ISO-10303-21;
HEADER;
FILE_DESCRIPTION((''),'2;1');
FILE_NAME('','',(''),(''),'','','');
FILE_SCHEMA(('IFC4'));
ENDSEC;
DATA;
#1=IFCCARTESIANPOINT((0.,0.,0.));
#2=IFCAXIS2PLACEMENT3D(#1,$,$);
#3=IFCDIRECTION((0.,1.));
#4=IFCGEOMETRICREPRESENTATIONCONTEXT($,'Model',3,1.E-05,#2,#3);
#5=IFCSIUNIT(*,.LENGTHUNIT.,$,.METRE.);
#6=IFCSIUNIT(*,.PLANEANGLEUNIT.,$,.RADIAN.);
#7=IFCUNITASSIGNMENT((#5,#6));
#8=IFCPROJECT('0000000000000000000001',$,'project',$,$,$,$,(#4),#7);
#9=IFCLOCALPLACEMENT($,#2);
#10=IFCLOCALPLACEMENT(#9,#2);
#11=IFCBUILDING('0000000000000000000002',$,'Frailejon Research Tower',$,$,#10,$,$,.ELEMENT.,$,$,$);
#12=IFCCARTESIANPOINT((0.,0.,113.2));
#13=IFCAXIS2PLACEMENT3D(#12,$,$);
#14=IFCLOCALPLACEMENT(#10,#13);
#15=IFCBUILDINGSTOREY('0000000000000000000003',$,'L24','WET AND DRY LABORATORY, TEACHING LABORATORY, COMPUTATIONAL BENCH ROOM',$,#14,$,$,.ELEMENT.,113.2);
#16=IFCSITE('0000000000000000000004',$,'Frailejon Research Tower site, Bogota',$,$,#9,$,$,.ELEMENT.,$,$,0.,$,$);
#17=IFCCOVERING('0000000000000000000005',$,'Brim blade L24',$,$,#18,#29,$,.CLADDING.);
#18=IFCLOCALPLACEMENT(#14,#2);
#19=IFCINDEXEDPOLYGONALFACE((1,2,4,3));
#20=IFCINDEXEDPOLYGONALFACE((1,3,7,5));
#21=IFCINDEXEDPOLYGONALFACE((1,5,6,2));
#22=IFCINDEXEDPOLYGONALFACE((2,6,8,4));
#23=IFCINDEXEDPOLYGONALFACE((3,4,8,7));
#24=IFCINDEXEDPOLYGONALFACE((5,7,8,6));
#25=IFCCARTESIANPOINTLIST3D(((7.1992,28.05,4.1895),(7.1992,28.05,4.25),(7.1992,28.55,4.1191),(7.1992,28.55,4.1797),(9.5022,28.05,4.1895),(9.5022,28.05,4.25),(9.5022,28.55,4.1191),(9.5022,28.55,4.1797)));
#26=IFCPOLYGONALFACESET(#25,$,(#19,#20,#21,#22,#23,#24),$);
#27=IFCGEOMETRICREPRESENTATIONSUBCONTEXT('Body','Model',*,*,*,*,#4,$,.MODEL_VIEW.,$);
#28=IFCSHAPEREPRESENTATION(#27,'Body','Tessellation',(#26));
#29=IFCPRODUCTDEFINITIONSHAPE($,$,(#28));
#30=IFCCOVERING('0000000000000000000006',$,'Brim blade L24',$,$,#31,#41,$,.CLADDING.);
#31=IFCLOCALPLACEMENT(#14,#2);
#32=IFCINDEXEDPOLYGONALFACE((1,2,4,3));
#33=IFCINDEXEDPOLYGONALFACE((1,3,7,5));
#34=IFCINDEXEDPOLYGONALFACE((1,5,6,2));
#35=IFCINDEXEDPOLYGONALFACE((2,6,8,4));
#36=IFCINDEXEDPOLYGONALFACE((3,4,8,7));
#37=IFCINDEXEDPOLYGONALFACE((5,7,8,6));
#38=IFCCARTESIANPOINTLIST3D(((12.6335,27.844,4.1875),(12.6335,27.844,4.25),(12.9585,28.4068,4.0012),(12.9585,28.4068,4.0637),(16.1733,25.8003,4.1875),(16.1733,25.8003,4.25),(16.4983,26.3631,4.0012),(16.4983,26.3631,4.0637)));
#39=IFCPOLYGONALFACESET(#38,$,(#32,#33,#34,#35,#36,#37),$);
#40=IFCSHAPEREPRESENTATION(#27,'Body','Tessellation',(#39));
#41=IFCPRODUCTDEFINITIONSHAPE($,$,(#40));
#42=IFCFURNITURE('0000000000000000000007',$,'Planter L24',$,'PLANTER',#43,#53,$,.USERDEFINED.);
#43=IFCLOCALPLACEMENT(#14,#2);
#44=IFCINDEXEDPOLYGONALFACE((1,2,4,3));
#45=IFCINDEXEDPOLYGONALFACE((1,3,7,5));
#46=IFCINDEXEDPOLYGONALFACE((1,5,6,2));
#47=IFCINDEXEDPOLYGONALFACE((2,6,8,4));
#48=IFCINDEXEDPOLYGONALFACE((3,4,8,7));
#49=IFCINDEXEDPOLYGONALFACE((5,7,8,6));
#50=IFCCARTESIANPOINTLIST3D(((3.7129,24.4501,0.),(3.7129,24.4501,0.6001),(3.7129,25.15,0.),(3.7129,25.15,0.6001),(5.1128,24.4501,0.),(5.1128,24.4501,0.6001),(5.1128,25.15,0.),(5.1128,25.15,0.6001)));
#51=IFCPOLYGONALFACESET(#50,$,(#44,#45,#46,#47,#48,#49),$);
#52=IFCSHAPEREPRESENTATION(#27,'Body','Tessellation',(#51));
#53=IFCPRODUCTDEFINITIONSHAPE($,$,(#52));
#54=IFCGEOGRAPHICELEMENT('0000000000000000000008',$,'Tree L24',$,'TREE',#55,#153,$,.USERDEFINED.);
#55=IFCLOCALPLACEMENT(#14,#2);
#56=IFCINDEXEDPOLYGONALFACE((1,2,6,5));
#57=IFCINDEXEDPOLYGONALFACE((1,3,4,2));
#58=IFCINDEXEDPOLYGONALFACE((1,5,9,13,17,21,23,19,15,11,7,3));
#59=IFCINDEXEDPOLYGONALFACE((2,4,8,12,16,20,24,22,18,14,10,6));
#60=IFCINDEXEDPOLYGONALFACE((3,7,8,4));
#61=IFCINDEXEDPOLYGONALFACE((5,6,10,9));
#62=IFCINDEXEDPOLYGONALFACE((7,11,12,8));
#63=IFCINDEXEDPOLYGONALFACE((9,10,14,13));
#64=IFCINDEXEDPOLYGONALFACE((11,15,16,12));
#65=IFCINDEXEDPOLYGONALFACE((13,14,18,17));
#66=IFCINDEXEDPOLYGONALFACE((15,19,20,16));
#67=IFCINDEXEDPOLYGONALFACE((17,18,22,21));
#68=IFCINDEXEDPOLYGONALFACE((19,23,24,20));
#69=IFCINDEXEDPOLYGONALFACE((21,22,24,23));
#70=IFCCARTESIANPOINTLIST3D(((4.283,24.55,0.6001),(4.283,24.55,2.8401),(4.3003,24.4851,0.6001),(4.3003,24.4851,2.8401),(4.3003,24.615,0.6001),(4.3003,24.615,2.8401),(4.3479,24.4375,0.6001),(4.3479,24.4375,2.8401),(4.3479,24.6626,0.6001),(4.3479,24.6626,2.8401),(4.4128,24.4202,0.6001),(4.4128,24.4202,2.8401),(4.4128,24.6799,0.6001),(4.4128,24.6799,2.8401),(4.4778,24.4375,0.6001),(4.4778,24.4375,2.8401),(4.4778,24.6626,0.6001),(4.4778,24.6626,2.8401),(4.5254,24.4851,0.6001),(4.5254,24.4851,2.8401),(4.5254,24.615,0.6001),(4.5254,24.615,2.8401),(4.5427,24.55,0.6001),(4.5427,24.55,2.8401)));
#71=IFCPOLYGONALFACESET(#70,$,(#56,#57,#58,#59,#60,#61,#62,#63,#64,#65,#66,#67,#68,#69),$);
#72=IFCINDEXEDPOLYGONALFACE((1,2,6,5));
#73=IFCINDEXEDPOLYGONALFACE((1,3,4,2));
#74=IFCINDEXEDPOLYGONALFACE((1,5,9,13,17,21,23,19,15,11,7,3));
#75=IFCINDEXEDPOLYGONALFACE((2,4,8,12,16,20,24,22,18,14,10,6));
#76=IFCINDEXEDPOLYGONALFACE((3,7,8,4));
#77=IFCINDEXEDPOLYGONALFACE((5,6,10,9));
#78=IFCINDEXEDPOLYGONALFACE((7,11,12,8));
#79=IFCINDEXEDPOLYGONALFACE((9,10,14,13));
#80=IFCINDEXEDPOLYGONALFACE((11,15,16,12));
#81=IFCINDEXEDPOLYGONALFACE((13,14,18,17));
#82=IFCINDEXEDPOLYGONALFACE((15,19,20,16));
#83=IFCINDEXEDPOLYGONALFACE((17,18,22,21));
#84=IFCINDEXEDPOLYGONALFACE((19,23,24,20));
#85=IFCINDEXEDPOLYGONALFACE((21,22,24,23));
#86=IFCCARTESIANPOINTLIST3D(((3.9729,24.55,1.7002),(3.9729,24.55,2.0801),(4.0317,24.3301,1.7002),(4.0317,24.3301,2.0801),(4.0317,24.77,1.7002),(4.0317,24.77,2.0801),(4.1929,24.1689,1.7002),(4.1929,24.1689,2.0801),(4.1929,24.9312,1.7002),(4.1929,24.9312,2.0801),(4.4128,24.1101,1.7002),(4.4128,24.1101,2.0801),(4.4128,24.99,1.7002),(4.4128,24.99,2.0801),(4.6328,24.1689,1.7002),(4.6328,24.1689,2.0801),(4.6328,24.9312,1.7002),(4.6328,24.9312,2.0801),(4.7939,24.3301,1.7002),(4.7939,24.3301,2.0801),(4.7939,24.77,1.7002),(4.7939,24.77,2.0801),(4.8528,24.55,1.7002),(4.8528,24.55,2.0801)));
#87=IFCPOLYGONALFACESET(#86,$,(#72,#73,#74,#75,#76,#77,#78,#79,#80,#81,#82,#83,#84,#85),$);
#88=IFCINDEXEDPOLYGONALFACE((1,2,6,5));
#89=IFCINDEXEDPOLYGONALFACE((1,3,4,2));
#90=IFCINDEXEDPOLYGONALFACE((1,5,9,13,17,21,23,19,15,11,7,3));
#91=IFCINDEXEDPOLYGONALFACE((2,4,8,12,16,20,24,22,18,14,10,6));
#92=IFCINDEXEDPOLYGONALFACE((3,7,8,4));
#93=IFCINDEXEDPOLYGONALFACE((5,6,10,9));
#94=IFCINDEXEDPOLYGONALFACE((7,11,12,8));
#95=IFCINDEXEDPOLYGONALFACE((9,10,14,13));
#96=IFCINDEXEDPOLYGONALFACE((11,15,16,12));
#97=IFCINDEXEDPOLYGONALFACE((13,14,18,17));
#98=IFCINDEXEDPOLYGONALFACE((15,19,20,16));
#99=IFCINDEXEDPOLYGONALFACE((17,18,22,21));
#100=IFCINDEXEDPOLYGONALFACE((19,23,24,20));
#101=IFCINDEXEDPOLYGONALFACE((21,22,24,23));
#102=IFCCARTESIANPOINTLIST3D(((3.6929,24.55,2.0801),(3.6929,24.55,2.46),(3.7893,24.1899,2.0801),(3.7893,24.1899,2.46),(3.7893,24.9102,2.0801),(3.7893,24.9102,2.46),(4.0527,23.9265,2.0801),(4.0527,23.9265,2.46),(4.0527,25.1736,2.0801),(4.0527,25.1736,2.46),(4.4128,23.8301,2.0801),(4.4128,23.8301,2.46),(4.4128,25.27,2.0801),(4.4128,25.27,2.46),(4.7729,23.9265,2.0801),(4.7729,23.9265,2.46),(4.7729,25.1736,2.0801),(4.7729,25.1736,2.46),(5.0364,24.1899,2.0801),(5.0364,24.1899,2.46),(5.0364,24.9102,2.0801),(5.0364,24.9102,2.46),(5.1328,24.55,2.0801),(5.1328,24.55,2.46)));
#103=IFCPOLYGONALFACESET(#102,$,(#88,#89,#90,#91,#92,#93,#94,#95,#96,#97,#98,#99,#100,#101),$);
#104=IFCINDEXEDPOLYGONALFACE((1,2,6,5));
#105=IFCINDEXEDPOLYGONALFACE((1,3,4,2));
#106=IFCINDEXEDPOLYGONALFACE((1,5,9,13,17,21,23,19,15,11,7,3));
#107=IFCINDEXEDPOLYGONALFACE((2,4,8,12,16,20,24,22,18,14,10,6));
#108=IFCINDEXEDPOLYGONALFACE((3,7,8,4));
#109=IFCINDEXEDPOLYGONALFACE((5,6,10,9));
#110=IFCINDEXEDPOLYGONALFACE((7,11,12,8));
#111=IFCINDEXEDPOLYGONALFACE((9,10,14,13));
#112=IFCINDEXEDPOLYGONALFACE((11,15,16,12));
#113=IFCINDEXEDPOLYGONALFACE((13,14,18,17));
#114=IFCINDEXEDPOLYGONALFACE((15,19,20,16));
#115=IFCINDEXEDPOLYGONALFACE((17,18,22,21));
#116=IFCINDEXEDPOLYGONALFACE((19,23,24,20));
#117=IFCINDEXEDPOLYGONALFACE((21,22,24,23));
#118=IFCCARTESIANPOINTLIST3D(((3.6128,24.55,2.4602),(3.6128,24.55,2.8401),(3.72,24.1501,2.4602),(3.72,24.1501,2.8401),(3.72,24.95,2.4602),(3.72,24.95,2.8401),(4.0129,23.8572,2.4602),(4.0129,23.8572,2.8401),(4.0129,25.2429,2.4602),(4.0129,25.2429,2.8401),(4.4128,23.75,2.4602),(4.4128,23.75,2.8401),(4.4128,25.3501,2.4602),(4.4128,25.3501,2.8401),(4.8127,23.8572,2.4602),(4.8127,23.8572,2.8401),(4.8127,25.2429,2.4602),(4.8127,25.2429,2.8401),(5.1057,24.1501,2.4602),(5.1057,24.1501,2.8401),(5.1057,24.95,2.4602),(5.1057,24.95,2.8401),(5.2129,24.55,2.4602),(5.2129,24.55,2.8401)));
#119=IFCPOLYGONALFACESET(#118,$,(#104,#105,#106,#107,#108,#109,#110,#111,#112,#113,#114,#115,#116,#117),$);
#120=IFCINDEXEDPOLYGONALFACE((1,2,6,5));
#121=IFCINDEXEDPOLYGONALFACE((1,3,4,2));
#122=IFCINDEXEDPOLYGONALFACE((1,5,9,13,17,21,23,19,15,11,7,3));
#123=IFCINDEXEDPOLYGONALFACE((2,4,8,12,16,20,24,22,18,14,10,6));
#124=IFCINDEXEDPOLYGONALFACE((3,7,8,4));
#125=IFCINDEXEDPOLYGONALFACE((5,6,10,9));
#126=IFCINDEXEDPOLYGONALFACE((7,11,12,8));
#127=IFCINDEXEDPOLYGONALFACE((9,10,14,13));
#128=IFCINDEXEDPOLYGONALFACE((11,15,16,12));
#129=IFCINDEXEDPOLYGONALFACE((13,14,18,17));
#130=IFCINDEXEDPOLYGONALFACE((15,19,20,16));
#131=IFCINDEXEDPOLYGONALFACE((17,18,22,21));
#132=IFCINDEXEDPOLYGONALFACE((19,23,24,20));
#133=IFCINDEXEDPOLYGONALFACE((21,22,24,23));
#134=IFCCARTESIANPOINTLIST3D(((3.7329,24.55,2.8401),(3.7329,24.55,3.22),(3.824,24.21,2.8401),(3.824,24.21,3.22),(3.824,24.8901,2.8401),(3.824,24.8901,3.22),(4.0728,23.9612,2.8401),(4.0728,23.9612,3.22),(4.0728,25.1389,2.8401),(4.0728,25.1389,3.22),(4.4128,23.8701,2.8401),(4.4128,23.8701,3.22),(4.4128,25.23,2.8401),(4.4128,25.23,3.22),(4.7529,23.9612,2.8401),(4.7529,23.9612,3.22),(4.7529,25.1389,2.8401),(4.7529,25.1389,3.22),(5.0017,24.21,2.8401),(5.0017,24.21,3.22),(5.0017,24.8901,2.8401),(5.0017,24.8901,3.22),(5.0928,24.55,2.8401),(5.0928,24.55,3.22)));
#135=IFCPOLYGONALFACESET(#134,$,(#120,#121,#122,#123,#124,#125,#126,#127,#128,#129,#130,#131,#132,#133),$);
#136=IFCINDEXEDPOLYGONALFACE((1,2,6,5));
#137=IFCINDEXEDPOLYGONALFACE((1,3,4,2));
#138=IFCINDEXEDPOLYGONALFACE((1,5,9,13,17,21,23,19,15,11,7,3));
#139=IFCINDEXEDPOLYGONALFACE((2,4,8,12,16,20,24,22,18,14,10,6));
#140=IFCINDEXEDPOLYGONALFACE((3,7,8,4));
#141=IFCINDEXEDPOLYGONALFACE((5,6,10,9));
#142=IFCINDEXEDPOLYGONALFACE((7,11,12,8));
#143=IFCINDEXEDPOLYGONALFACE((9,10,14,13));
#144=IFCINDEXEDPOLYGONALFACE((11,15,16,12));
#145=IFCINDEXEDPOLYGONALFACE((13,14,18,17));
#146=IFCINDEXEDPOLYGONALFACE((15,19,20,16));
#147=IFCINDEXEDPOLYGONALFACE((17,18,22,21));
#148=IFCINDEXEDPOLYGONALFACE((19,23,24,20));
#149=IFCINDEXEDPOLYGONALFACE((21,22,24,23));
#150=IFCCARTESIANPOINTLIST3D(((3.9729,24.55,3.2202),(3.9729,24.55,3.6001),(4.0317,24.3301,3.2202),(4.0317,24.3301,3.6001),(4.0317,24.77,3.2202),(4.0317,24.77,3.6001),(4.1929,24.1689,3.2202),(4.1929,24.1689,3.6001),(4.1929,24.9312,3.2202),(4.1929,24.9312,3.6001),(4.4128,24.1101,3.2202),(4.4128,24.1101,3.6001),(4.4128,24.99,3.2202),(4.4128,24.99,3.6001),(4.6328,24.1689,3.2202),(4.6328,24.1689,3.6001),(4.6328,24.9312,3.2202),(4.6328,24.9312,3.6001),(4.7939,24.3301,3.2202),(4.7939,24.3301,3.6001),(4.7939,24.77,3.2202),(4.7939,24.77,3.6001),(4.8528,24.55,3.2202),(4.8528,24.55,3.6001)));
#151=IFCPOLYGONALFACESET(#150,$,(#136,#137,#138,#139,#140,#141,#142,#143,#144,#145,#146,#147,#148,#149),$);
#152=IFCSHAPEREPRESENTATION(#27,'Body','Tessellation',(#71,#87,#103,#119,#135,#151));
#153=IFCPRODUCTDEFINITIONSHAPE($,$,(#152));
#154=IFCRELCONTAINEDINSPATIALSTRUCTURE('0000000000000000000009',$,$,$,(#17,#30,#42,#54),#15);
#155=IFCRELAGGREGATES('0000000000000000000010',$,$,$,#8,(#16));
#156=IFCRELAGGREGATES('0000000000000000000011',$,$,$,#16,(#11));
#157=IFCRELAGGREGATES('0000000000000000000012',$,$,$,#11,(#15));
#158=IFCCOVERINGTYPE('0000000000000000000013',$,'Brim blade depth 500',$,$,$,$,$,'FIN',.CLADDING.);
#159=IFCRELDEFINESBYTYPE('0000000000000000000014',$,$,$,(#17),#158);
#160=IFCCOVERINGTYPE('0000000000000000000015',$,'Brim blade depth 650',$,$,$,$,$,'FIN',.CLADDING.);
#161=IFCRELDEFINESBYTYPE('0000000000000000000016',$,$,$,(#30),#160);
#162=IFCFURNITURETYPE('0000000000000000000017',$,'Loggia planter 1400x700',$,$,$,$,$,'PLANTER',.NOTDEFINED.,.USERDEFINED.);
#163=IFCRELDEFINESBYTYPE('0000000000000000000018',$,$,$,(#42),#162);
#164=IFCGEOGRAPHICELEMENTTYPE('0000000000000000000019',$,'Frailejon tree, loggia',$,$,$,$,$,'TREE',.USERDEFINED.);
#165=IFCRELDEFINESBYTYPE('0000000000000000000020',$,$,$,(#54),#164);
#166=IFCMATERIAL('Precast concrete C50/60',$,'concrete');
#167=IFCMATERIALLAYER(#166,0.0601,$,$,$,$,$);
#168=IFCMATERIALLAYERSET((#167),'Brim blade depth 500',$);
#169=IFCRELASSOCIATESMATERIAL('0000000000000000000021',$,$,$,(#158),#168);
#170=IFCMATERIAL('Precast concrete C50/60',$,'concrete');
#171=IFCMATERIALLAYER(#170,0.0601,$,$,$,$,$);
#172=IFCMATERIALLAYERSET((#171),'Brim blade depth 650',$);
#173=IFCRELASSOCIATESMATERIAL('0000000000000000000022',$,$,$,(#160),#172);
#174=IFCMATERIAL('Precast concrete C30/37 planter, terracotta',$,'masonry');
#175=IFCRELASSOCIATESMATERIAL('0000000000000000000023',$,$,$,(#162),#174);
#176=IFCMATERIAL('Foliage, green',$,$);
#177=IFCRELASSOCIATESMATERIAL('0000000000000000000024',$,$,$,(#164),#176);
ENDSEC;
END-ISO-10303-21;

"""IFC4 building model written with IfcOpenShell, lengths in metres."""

from ifc_helpers import new_model, si_unit, direction, frame, origin, origin_2d, place, context, subcontext, project, spatial, polyline, rectangle, outline, extrude, material, layer, layer_set, type_object, element, save


model = new_model("IFC4")

# Units and contexts
model_context = context("Model", 3, precision=1e-05, world=origin(), true_north=direction((0.0, 1.0)))
body_context = subcontext(model_context, "Body", "Model", "MODEL_VIEW")
ifc_project = project(units=[si_unit("LENGTHUNIT", "METRE"), si_unit("PLANEANGLEUNIT", "RADIAN")], contexts=[model_context])

# Site, building, storey
site_placement = place(None, origin())
site = spatial("IfcSite", under=ifc_project, at=site_placement, Name="Frailejon Research Tower site, Bogota", CompositionType="ELEMENT", RefElevation=0.0)
building_placement = place(site_placement, origin())
building = spatial("IfcBuilding", under=site, at=building_placement, Name="Frailejon Research Tower", CompositionType="ELEMENT")
storey_placement = place(building_placement, frame((0.0, 0.0, 113.2)))
storey = spatial("IfcBuildingStorey", under=building, at=storey_placement, Name="L24", Description="WET AND DRY LABORATORY, TEACHING LABORATORY, COMPUTATIONAL BENCH ROOM", CompositionType="ELEMENT", Elevation=113.2)

# Coverings
ifc_material_1 = material(Name="Precast concrete C50/60", Category="concrete")
ifc_layer_1 = layer(ifc_material_1, 0.0601)
ifc_layer_set_1 = layer_set([ifc_layer_1], Name="Brim blade depth 500")
covering_type_1 = type_object("IfcCoveringType", Name="Brim blade depth 500", ElementType="FIN", PredefinedType="CLADDING", material=ifc_layer_set_1)
for number, where, z_axis, x_axis, name in (
    (1, (7.1992, 28.05, 4.25), (1.0, 0.0, 0.0), (0.0, 1.0, 0.0), "Brim blade L24"),
):
    element("IfcCovering", number, at=place(storey_placement, frame(where, z_axis=z_axis, x_axis=x_axis)), inside=storey, type_object=covering_type_1, Name=name, PredefinedType="CLADDING", context=body_context, shape_type="SweptSolid", body=[
        extrude(outline(polyline([(0.0, -0.0605), (0.5, -0.1309), (0.5, -0.0703), (0.0, 0.0), (0.0, -0.0605)])), origin(), (0.0, 0.0, 1.0), 2.303),
    ])
ifc_material_2 = material(Name="Precast concrete C50/60", Category="concrete")
ifc_layer_2 = layer(ifc_material_2, 0.0601)
ifc_layer_set_2 = layer_set([ifc_layer_2], Name="Brim blade depth 650")
covering_type_2 = type_object("IfcCoveringType", Name="Brim blade depth 650", ElementType="FIN", PredefinedType="CLADDING", material=ifc_layer_set_2)
covering_placement = place(storey_placement, frame((12.6335, 27.844, 4.25), z_axis=(0.866021, -0.500007, 0.0), x_axis=(0.500007, 0.866021, 0.0)))
element("IfcCovering", 2, at=covering_placement, inside=storey, type_object=covering_type_2, Name="Brim blade L24", PredefinedType="CLADDING", context=body_context, shape_type="SweptSolid", body=[
    extrude(outline(polyline([(0.0, -0.0625), (0.6499, -0.2488), (0.6499, -0.1863), (0.0, 0.0), (0.0, -0.0625)])), origin(), (0.0, 0.0, 1.0), 4.0874),
])

# Furniture
ifc_material_3 = material(Name="Precast concrete C30/37 planter, terracotta", Category="masonry")
furniture_type = type_object("IfcFurnitureType", Name="Loggia planter 1400x700", ElementType="PLANTER", AssemblyPlace="NOTDEFINED", PredefinedType="USERDEFINED", material=ifc_material_3)
furniture_placement = place(storey_placement, frame((4.4128, 24.8, 0.0), z_axis=(0.0, 0.0, 1.0), x_axis=(-1.0, 0.0, 0.0)))
element("IfcFurniture", 3, at=furniture_placement, inside=storey, type_object=furniture_type, Name="Planter L24", ObjectType="PLANTER", PredefinedType="USERDEFINED", context=body_context, shape_type="SweptSolid", body=[
    extrude(rectangle(XDim=1.3999, YDim=0.7, at=origin_2d()), origin(), (0.0, 0.0, 1.0), 0.6001),
])

# Geographic element
ifc_material_4 = material(Name="Foliage, green")
geographic_element_type = type_object("IfcGeographicElementType", Name="Frailejon tree, loggia", ElementType="TREE", PredefinedType="USERDEFINED", material=ifc_material_4)
geographic_element_placement = place(storey_placement, frame((4.4128, 24.55, 0.6001)))
element("IfcGeographicElement", 4, at=geographic_element_placement, inside=storey, type_object=geographic_element_type, Name="Tree L24", ObjectType="TREE", PredefinedType="USERDEFINED", context=body_context, shape_type="SweptSolid", body=[
    extrude(outline(polyline([(0.1299, 0.0), (0.1125, 0.0649), (0.0649, 0.1125), (0.0, 0.1299), (-0.0649, 0.1125), (-0.1125, 0.0649), (-0.1299, 0.0), (-0.1125, -0.0649), (-0.0649, -0.1125), (0.0, -0.1299), (0.0649, -0.1125), (0.1125, -0.0649), (0.1299, 0.0)])), origin(), (0.0, 0.0, 1.0), 2.24),
    extrude(outline(polyline([(0.4399, 0.0), (0.3811, 0.22), (0.22, 0.3811), (0.0, 0.4399), (-0.22, 0.3811), (-0.3811, 0.22), (-0.4399, 0.0), (-0.3811, -0.22), (-0.22, -0.3811), (0.0, -0.4399), (0.22, -0.3811), (0.3811, -0.22), (0.4399, 0.0)])), frame((0.0, 0.0, 1.1001)), (0.0, 0.0, 1.0), 0.3799),
    extrude(outline(polyline([(0.72, 0.0), (0.6235, 0.3601), (0.3601, 0.6235), (0.0, 0.72), (-0.3601, 0.6235), (-0.6235, 0.3601), (-0.72, 0.0), (-0.6235, -0.3601), (-0.3601, -0.6235), (0.0, -0.72), (0.3601, -0.6235), (0.6235, -0.3601), (0.72, 0.0)])), frame((0.0, 0.0, 1.48)), (0.0, 0.0, 1.0), 0.3799),
    extrude(outline(polyline([(0.8, 0.0), (0.6929, 0.3999), (0.3999, 0.6929), (0.0, 0.8), (-0.3999, 0.6929), (-0.6929, 0.3999), (-0.8, 0.0), (-0.6929, -0.3999), (-0.3999, -0.6929), (0.0, -0.8), (0.3999, -0.6929), (0.6929, -0.3999), (0.8, 0.0)])), frame((0.0, 0.0, 1.8601)), (0.0, 0.0, 1.0), 0.3799),
    extrude(outline(polyline([(0.6799, 0.0), (0.5889, 0.3401), (0.3401, 0.5889), (0.0, 0.6799), (-0.3401, 0.5889), (-0.5889, 0.3401), (-0.6799, 0.0), (-0.5889, -0.3401), (-0.3401, -0.5889), (0.0, -0.6799), (0.3401, -0.5889), (0.5889, -0.3401), (0.6799, 0.0)])), frame((0.0, 0.0, 2.24)), (0.0, 0.0, 1.0), 0.3799),
    extrude(outline(polyline([(0.4399, 0.0), (0.3811, 0.22), (0.22, 0.3811), (0.0, 0.4399), (-0.22, 0.3811), (-0.3811, 0.22), (-0.4399, 0.0), (-0.3811, -0.22), (-0.22, -0.3811), (0.0, -0.4399), (0.22, -0.3811), (0.3811, -0.22), (0.4399, 0.0)])), frame((0.0, 0.0, 2.6201)), (0.0, 0.0, 1.0), 0.3799),
])

save(model, "model.ifc")
